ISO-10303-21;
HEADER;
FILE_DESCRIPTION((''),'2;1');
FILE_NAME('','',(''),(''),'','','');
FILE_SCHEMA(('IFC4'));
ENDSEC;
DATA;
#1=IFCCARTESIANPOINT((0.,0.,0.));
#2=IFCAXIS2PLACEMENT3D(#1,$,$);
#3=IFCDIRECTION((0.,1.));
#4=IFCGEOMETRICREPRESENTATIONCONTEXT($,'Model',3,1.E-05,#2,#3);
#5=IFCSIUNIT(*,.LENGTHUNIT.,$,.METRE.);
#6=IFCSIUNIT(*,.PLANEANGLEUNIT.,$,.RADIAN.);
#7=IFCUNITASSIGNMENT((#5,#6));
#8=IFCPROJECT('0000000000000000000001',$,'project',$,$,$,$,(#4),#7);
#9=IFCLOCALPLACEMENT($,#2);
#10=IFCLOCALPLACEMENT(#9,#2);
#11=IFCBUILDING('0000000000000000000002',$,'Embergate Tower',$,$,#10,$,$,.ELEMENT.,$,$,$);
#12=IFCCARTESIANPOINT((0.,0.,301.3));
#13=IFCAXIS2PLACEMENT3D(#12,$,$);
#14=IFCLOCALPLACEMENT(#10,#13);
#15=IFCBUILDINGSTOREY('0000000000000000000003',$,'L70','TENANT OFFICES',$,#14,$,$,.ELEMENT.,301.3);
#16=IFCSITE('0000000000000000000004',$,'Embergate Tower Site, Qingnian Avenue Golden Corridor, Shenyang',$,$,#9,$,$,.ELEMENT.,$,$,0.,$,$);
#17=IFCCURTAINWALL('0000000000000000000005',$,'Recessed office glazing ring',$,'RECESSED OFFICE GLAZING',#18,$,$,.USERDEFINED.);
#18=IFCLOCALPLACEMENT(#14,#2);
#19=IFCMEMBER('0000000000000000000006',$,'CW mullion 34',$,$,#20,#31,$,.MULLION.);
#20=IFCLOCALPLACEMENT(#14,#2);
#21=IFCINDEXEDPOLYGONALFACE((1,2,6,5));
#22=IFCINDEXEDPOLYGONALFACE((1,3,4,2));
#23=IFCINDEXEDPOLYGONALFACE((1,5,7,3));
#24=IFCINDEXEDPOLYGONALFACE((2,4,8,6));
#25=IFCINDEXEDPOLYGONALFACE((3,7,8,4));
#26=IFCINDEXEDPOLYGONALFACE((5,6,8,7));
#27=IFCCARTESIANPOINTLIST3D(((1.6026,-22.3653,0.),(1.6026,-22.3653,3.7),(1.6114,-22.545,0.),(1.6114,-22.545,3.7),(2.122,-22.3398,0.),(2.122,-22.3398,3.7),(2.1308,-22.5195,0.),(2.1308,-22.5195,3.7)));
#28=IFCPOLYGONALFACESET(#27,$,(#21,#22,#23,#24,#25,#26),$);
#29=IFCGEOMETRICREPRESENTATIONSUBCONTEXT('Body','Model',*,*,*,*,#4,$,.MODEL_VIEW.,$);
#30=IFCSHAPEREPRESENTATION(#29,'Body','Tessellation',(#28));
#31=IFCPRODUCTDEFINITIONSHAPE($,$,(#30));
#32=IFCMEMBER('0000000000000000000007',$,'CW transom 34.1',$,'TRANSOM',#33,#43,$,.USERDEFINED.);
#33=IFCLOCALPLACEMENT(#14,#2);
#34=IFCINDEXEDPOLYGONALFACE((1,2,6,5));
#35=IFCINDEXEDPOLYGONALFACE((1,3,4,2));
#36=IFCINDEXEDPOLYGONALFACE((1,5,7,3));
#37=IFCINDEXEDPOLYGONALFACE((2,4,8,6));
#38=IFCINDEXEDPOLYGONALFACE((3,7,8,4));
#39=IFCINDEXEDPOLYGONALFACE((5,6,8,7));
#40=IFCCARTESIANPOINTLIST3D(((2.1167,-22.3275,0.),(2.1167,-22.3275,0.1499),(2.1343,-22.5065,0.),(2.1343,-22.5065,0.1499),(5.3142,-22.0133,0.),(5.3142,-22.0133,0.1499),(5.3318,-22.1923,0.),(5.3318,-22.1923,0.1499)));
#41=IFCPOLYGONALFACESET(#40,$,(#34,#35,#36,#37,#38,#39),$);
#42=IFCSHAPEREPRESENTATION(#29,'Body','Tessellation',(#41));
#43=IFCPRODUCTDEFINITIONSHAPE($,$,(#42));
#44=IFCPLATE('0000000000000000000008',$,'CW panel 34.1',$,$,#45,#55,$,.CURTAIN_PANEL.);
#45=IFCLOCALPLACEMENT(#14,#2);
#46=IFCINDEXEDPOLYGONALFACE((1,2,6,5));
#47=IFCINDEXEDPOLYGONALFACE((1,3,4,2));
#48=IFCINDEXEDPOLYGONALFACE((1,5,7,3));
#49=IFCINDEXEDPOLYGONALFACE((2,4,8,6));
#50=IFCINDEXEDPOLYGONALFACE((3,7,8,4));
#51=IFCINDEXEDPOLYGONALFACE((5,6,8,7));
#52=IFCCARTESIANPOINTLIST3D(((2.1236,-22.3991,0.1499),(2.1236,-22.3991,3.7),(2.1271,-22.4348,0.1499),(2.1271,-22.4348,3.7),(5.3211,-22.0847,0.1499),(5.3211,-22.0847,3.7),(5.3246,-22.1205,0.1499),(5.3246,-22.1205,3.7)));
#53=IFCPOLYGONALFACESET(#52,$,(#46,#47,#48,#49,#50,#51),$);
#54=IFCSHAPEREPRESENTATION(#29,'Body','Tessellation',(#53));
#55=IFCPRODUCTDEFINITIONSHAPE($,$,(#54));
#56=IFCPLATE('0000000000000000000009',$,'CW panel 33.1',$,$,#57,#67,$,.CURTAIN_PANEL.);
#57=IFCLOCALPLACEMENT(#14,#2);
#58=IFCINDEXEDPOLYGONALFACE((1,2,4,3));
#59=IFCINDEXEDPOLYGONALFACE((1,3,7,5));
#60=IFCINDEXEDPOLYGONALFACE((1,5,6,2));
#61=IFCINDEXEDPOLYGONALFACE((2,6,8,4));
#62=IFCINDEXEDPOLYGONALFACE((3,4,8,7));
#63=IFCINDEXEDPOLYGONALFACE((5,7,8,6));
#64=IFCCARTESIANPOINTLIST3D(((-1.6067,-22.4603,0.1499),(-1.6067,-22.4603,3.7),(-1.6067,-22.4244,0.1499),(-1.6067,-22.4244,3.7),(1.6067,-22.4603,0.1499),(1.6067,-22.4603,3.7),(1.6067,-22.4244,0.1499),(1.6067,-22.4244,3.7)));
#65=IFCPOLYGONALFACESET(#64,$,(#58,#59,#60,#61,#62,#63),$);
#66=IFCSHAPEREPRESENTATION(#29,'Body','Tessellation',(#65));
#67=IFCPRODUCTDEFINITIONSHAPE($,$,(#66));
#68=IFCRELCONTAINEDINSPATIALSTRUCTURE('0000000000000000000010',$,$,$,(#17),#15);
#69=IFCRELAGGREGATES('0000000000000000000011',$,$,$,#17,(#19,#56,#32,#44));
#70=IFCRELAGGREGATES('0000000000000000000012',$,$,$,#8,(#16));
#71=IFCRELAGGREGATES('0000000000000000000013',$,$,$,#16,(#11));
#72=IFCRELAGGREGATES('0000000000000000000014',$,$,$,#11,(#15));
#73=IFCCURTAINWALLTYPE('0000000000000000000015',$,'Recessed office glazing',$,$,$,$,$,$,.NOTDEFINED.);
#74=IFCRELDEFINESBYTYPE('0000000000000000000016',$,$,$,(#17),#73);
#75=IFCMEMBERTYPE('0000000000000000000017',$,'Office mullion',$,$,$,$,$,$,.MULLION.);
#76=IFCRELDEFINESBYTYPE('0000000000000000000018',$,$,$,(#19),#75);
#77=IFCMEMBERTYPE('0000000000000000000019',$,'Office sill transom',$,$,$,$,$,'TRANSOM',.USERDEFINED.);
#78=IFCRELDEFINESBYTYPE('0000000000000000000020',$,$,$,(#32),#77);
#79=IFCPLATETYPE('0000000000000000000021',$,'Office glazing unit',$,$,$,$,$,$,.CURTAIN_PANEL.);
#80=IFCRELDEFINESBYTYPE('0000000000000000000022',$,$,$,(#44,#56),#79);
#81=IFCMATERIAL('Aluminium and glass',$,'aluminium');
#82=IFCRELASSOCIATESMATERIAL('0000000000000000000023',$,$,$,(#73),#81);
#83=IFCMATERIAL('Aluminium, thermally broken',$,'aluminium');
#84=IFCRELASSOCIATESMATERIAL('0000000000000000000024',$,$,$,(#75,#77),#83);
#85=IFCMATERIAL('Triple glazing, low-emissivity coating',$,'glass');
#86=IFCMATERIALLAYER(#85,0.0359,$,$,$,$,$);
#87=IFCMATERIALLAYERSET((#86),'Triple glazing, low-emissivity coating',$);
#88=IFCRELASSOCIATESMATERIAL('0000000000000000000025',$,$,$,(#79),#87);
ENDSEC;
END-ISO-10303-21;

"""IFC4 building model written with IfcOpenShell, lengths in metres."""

from ifc_helpers import new_model, si_unit, direction, frame, origin, origin_2d, place, context, subcontext, project, spatial, rectangle, extrude, source, transform, mapped, material, layer, layer_set, material_profile, profile_set, type_object, element, aggregate, save


model = new_model("IFC4")

# Units and contexts
model_context = context("Model", 3, precision=1e-05, world=origin(), true_north=direction((0.0, 1.0)))
body_context = subcontext(model_context, "Body", "Model", "MODEL_VIEW")
ifc_project = project(units=[si_unit("LENGTHUNIT", "METRE"), si_unit("PLANEANGLEUNIT", "RADIAN")], contexts=[model_context])

# Site, building, storey
site_placement = place(None, origin())
site = spatial("IfcSite", under=ifc_project, at=site_placement, Name="Embergate Tower Site, Qingnian Avenue Golden Corridor, Shenyang", CompositionType="ELEMENT", RefElevation=0.0)
building_placement = place(site_placement, origin())
building = spatial("IfcBuilding", under=site, at=building_placement, Name="Embergate Tower", CompositionType="ELEMENT")
storey_placement = place(building_placement, frame((0.0, 0.0, 301.3)))
storey = spatial("IfcBuildingStorey", under=building, at=storey_placement, Name="L70", Description="TENANT OFFICES", CompositionType="ELEMENT", Elevation=301.3)

# Curtain wall, members
ifc_material_1 = material(Name="Aluminium and glass", Category="aluminium")
curtain_wall_type = type_object("IfcCurtainWallType", Name="Recessed office glazing", PredefinedType="NOTDEFINED", material=ifc_material_1)
curtain_wall_placement = place(storey_placement, origin())
curtain_wall = element("IfcCurtainWall", 1, at=curtain_wall_placement, inside=storey, type_object=curtain_wall_type, Name="Recessed office glazing ring", ObjectType="RECESSED OFFICE GLAZING", PredefinedType="USERDEFINED")
ifc_material_2 = material(Name="Aluminium, thermally broken", Category="aluminium")
ifc_material_profile_1 = material_profile(ifc_material_2, rectangle(XDim=0.1799, YDim=0.52, at=origin_2d()), Name="AL 520x180")
ifc_profile_set_1 = profile_set([ifc_material_profile_1], Name="Aluminium, thermally broken")
member_type_1 = type_object("IfcMemberType", Name="Office mullion", PredefinedType="MULLION", material=ifc_profile_set_1)
shared_shape_1 = source(origin(), body_context, "Body", "SweptSolid", [
    extrude(rectangle(XDim=0.1799, YDim=0.52, at=origin_2d()), origin(), (0.0, 0.0, 1.0), 3.7),
])
member_1_placement = place(storey_placement, frame((1.8667, -22.4424, 0.0), z_axis=(0.0, 0.0, 1.0), x_axis=(-0.048972, 0.9988, 0.0)))
member_1 = element("IfcMember", 2, at=member_1_placement, type_object=member_type_1, Name="CW mullion 34", PredefinedType="MULLION", context=body_context, shape_type="MappedRepresentation", body=[
    mapped(shared_shape_1, transform((0.0, 0.0, 0.0))),
])
ifc_material_profile_2 = material_profile(ifc_material_2, rectangle(XDim=0.1799, YDim=0.1499, at=origin_2d()), Name="AL 150x180")
ifc_profile_set_2 = profile_set([ifc_material_profile_2], Name="Aluminium, thermally broken")
member_type_2 = type_object("IfcMemberType", Name="Office sill transom", ElementType="TRANSOM", PredefinedType="USERDEFINED", material=ifc_profile_set_2)
shared_shape_2 = source(origin(), body_context, "Body", "SweptSolid", [
    extrude(rectangle(XDim=0.1799, YDim=0.1499, at=origin_2d()), origin(), (0.0, 0.0, 1.0), 3.2129),
])
member_2_placement = place(storey_placement, frame((2.1255, -22.417, 0.075), z_axis=(0.995207, 0.097796, 0.0), x_axis=(-0.097796, 0.995207, 0.0)))
member_2 = element("IfcMember", 3, at=member_2_placement, type_object=member_type_2, Name="CW transom 34.1", ObjectType="TRANSOM", PredefinedType="USERDEFINED", context=body_context, shape_type="MappedRepresentation", body=[
    mapped(shared_shape_2, transform((0.0, 0.0, 0.0))),
])

# Plates
ifc_material_3 = material(Name="Triple glazing, low-emissivity coating", Category="glass")
ifc_layer_1 = layer(ifc_material_3, 0.0359)
ifc_layer_set_1 = layer_set([ifc_layer_1], Name="Triple glazing, low-emissivity coating")
plate_type = type_object("IfcPlateType", Name="Office glazing unit", PredefinedType="CURTAIN_PANEL", material=ifc_layer_set_1)
shared_shape_3 = source(origin(), body_context, "Body", "SweptSolid", [
    extrude(rectangle(XDim=3.2129, YDim=0.0359, at=origin_2d()), origin(), (0.0, 0.0, 1.0), 3.55),
])
plate_1_placement = place(storey_placement, frame((3.7241, -22.2598, 0.1499), z_axis=(0.0, 0.0, 1.0), x_axis=(0.995203, 0.097831, 0.0)))
plate_1 = element("IfcPlate", 4, at=plate_1_placement, type_object=plate_type, Name="CW panel 34.1", PredefinedType="CURTAIN_PANEL", context=body_context, shape_type="MappedRepresentation", body=[
    mapped(shared_shape_3, transform((0.0, 0.0, 0.0))),
])
shared_shape_4 = source(origin(), body_context, "Body", "SweptSolid", [
    extrude(rectangle(XDim=3.2134, YDim=0.0359, at=origin_2d()), origin(), (0.0, 0.0, 1.0), 3.55),
])
plate_2_placement = place(storey_placement, frame((0.0, -22.4424, 0.1499), z_axis=(0.0, 0.0, 1.0), x_axis=(1.0, 0.0, 0.0)))
plate_2 = element("IfcPlate", 5, at=plate_2_placement, type_object=plate_type, Name="CW panel 33.1", PredefinedType="CURTAIN_PANEL", context=body_context, shape_type="MappedRepresentation", body=[
    mapped(shared_shape_4, transform((0.0, 0.0, 0.0))),
])
aggregate(curtain_wall, [member_1, plate_2, member_2, plate_1])

save(model, "model.ifc")
